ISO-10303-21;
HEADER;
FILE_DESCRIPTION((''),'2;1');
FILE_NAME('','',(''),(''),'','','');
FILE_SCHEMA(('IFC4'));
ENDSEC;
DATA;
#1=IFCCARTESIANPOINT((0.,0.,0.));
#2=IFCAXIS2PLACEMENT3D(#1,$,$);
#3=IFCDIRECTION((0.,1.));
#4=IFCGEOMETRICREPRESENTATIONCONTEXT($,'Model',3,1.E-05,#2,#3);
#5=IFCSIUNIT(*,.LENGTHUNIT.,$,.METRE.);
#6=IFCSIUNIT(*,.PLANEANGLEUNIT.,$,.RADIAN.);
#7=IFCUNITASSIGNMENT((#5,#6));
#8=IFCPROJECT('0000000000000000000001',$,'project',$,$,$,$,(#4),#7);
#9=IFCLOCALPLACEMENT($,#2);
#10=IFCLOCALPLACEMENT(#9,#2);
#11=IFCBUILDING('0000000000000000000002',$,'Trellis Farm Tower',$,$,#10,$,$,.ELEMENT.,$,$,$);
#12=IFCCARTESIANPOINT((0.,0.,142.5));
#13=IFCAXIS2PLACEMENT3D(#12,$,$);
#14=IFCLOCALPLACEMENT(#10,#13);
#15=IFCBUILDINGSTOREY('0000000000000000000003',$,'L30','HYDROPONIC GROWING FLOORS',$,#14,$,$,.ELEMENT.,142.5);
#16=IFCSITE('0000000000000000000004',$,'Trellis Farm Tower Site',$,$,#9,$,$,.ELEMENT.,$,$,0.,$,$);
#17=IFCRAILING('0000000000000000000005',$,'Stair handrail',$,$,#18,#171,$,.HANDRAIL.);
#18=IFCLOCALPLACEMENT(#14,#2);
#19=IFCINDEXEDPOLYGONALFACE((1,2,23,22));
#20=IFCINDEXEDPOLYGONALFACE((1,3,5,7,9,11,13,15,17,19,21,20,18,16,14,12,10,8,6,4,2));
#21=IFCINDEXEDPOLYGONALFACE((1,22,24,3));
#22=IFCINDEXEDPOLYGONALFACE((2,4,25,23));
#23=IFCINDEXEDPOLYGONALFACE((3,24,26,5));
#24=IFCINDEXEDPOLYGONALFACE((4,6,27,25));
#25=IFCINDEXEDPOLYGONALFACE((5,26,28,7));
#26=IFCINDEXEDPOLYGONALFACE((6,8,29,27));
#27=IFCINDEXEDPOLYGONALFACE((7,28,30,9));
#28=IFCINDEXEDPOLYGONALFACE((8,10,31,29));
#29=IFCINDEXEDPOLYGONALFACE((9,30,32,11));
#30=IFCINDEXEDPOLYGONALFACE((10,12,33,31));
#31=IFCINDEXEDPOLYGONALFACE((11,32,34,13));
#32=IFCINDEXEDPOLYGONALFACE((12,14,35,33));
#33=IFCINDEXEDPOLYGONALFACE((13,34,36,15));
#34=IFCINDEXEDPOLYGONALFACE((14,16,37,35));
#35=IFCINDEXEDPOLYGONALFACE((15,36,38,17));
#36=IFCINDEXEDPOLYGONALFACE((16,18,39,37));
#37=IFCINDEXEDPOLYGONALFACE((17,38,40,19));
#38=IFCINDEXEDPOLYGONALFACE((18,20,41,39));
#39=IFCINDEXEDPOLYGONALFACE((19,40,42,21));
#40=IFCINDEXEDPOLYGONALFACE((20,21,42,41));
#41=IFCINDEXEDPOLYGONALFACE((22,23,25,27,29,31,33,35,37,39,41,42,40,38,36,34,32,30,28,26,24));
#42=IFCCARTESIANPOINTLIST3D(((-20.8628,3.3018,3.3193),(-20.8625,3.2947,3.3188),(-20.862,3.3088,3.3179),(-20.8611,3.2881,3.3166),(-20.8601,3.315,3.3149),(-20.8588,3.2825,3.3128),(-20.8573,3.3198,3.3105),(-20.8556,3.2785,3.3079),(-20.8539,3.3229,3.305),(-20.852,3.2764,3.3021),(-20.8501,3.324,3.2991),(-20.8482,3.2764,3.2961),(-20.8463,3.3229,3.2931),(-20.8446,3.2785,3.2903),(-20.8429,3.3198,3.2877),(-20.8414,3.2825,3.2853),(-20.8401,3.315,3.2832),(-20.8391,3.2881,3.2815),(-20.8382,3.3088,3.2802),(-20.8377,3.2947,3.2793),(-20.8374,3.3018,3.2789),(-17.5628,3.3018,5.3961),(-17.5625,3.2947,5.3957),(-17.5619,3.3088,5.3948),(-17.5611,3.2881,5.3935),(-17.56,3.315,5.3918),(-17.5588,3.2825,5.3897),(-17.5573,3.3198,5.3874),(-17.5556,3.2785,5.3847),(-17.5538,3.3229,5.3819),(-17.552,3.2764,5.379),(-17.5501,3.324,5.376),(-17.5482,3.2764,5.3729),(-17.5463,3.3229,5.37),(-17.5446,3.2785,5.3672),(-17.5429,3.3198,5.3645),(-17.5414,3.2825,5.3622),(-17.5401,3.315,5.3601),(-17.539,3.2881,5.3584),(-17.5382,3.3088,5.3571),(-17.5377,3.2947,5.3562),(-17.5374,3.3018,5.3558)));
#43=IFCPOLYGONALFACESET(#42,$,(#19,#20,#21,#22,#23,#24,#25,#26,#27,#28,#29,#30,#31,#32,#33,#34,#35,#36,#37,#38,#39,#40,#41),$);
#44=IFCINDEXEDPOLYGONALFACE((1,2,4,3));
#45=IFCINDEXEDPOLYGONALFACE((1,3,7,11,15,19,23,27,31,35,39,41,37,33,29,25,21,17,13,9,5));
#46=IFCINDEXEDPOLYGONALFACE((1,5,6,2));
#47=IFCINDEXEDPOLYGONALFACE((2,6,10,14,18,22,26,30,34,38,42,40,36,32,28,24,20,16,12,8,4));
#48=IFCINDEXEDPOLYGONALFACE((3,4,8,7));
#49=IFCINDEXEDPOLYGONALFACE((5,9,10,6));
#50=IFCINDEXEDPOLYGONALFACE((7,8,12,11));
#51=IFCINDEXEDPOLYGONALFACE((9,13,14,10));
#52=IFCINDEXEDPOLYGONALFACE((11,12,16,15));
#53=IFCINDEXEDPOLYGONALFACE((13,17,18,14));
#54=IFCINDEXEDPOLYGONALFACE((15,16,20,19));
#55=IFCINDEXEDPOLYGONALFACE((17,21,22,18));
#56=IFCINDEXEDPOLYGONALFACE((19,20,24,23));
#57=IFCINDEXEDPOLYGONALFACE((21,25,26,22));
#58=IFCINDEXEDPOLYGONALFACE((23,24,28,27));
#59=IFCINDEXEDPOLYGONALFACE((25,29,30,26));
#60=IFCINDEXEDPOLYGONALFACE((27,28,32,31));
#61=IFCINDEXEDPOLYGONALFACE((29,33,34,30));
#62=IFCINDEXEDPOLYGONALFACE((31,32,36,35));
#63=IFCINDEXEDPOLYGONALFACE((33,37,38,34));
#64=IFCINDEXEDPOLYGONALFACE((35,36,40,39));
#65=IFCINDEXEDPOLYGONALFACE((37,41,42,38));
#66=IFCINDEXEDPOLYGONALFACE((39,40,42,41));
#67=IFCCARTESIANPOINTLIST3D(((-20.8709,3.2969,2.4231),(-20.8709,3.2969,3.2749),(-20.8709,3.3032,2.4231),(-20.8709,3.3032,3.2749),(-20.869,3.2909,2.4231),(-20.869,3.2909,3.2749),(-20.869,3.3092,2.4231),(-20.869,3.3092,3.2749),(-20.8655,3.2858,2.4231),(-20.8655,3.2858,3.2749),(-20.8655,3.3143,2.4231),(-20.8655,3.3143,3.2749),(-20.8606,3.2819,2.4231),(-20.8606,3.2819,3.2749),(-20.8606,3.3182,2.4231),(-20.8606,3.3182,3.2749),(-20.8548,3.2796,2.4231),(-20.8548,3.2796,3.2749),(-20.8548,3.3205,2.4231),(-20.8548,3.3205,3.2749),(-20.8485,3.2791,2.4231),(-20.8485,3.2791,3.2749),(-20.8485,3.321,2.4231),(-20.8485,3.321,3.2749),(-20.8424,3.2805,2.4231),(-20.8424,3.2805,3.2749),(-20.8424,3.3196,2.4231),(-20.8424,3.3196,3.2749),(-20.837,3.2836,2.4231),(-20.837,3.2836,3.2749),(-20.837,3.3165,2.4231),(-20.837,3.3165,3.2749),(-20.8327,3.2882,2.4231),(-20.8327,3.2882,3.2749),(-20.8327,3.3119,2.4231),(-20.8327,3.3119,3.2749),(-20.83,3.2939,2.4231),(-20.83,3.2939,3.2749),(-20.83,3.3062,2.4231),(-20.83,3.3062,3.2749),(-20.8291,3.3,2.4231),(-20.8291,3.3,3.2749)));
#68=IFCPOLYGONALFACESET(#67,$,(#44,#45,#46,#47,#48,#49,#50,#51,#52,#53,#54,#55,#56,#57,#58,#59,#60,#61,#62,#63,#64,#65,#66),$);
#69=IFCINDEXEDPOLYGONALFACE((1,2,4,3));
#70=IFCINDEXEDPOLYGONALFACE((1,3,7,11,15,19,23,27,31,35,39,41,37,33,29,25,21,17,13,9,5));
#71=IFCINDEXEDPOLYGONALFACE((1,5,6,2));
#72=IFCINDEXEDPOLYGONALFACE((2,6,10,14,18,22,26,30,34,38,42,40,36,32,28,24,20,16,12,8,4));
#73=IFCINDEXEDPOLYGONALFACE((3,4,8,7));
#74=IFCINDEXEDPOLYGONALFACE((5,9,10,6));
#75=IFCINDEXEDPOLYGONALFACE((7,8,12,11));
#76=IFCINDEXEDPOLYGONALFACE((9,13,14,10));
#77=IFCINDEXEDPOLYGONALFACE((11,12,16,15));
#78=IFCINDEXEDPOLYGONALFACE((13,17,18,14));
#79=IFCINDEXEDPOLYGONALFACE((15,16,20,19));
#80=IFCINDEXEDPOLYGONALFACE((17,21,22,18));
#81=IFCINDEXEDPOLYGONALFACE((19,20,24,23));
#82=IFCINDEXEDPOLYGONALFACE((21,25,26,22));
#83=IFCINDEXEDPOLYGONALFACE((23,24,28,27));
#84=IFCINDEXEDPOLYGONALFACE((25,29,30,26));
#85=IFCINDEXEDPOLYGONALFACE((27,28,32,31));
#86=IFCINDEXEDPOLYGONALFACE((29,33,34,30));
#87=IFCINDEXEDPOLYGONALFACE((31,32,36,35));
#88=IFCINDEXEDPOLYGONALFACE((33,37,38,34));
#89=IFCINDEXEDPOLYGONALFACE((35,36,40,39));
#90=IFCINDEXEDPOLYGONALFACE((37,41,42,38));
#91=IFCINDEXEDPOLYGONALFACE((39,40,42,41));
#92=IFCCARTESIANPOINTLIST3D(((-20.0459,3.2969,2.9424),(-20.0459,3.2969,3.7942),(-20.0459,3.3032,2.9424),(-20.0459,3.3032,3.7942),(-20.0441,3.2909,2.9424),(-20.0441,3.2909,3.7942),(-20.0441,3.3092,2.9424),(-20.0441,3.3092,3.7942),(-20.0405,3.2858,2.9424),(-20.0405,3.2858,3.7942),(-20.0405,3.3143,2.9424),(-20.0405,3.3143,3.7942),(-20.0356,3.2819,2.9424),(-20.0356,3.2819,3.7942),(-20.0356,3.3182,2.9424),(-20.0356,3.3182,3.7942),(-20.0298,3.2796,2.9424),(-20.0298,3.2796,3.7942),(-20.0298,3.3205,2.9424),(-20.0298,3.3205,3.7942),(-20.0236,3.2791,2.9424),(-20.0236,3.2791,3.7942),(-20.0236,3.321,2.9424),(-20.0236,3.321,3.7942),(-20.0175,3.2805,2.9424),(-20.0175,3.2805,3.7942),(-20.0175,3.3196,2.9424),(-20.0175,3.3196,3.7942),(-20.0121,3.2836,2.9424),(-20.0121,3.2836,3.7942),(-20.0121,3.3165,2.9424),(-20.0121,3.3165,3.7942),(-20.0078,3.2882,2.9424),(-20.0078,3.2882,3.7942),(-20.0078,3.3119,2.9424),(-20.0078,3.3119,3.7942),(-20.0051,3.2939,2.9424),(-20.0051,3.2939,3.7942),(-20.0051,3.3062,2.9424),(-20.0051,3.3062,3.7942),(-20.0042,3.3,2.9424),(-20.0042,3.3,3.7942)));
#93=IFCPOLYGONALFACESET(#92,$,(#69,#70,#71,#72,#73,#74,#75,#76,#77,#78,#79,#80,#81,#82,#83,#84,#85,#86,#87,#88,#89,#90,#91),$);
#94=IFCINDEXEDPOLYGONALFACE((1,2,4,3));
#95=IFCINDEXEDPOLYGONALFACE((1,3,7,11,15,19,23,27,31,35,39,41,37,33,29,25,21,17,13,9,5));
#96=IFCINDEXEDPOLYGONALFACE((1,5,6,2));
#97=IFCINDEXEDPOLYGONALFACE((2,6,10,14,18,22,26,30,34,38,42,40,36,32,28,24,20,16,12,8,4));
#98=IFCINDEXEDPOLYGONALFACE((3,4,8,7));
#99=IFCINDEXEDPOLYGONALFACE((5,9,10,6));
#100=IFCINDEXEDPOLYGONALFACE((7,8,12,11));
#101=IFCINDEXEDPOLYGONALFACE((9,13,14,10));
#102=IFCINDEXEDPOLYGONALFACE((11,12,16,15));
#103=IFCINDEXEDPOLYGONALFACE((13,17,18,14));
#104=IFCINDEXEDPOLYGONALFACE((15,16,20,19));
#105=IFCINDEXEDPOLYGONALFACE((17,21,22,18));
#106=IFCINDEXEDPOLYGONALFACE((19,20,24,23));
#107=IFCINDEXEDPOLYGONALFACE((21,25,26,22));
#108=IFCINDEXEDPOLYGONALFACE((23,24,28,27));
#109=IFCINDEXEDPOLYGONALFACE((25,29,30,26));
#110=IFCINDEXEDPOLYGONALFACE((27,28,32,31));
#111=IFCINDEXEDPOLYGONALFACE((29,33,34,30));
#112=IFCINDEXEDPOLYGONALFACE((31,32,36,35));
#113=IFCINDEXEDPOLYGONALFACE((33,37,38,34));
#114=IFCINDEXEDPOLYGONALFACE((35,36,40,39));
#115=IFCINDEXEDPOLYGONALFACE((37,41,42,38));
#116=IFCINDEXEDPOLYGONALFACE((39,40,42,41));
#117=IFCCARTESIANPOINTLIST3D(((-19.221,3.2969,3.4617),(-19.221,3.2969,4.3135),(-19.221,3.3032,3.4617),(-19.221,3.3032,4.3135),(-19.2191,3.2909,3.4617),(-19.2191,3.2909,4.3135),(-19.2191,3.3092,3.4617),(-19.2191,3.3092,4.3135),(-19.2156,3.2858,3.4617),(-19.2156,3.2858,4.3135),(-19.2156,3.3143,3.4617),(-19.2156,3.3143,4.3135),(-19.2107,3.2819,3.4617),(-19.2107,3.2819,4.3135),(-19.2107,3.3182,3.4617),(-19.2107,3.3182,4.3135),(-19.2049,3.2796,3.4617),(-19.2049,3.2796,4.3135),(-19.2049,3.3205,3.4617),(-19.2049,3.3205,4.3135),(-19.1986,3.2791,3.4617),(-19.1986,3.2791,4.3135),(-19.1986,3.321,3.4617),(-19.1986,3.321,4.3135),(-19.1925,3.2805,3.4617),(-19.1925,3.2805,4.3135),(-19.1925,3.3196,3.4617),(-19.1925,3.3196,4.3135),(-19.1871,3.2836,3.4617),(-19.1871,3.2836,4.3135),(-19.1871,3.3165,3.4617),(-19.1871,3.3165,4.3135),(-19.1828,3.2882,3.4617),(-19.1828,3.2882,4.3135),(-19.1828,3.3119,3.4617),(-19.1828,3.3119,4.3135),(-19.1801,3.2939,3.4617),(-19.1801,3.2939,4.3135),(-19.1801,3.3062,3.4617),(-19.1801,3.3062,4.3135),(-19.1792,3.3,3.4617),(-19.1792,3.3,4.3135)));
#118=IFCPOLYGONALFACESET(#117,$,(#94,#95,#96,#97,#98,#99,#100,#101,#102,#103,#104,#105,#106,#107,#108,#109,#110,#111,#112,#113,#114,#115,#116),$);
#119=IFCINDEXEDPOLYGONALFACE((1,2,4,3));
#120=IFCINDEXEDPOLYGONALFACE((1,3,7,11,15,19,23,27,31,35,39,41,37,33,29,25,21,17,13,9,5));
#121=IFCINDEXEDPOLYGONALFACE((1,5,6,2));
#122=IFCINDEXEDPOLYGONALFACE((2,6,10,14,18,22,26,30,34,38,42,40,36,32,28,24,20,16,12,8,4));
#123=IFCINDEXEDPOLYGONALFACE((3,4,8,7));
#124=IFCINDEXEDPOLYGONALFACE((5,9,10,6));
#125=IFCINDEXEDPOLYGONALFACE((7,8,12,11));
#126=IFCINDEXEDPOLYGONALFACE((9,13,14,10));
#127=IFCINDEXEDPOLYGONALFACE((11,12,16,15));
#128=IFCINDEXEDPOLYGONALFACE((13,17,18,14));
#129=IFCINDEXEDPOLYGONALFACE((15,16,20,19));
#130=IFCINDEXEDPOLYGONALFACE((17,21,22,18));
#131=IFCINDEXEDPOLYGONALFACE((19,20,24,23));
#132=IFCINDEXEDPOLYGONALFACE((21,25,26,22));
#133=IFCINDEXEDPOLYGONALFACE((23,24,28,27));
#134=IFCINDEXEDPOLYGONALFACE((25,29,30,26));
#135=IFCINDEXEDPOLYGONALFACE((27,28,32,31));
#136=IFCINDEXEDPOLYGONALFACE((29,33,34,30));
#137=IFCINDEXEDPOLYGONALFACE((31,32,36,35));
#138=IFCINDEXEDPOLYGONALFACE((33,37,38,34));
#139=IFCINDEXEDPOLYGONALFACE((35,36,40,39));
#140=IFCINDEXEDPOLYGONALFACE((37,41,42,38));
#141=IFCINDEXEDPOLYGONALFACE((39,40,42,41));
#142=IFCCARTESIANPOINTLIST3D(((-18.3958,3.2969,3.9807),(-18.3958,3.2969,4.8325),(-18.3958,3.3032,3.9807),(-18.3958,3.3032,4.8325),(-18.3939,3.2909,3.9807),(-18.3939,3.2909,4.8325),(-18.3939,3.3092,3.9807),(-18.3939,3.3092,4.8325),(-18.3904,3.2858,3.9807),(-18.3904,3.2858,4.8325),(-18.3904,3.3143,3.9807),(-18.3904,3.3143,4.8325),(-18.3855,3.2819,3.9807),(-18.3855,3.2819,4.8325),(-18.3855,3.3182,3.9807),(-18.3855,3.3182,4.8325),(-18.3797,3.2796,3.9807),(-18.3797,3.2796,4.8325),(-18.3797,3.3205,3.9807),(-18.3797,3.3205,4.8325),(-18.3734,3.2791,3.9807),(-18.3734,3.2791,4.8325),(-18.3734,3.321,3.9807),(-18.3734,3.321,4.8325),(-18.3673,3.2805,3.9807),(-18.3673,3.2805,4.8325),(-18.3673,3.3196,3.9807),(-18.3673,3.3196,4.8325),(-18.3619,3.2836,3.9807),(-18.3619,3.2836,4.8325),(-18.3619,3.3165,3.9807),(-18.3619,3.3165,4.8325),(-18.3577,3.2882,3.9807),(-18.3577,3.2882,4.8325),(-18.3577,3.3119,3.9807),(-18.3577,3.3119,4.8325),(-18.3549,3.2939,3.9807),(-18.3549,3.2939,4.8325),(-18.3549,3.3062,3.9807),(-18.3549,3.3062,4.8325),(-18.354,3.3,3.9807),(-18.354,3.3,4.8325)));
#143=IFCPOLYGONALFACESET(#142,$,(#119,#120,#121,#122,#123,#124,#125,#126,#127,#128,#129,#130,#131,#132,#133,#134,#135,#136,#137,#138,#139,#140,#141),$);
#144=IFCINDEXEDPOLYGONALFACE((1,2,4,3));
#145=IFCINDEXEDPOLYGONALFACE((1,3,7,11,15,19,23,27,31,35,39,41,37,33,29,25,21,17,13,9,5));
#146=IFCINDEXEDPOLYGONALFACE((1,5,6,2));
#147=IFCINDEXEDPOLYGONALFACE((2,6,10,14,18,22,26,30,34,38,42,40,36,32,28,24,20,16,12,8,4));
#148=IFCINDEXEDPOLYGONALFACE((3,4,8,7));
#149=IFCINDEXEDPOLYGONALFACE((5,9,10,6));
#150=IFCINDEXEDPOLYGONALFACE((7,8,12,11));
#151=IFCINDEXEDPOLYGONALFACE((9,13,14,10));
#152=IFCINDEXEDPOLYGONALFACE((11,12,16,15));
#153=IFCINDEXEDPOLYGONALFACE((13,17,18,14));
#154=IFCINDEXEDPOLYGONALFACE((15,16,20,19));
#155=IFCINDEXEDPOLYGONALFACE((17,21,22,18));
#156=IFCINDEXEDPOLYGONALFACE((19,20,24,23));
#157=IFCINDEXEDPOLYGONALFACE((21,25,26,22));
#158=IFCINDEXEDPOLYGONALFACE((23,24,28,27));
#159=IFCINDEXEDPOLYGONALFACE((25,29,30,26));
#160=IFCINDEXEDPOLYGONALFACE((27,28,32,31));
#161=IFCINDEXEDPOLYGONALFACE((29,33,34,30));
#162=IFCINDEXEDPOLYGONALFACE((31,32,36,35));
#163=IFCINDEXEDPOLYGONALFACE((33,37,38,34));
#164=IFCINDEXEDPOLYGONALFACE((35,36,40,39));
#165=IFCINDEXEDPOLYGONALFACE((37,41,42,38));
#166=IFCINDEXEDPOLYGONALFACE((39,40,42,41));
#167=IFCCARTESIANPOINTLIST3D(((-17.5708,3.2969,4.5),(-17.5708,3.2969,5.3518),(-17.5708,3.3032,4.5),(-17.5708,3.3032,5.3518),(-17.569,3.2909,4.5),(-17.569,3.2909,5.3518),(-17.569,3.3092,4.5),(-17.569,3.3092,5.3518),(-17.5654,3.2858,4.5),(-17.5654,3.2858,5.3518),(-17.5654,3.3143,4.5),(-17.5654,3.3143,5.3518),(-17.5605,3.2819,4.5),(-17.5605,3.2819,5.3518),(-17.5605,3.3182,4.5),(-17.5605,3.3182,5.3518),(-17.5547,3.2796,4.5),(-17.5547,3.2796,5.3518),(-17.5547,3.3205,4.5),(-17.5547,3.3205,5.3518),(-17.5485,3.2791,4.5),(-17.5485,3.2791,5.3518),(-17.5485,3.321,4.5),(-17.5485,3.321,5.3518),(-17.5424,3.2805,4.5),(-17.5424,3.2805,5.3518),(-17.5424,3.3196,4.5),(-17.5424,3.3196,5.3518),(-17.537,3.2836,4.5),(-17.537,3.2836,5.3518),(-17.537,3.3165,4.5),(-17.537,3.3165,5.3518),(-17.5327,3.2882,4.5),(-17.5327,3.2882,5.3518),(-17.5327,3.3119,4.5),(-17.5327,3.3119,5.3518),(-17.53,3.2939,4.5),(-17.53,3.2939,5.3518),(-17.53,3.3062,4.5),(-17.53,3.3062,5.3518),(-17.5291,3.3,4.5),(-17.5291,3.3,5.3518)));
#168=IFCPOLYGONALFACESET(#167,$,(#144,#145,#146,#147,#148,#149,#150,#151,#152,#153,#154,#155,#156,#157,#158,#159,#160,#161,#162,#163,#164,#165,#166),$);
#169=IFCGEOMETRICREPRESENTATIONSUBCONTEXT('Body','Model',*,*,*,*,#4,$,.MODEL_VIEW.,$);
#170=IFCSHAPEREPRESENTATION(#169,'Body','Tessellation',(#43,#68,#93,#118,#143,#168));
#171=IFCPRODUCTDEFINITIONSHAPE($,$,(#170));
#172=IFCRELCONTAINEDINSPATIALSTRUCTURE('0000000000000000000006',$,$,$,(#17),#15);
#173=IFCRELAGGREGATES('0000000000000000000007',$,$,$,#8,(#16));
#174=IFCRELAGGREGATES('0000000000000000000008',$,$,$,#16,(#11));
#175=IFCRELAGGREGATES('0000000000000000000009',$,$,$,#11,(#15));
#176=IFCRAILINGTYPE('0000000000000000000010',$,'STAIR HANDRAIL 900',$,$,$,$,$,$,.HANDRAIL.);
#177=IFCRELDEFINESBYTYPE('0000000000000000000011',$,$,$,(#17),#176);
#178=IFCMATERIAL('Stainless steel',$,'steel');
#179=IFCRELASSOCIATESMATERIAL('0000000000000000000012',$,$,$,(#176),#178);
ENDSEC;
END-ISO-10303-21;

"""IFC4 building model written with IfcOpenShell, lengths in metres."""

from ifc_helpers import new_model, si_unit, direction, frame, origin, origin_2d, place, context, subcontext, project, spatial, circle, extrude, source, transform, mapped, material, type_object, element, save


model = new_model("IFC4")

# Units and contexts
model_context = context("Model", 3, precision=1e-05, world=origin(), true_north=direction((0.0, 1.0)))
body_context = subcontext(model_context, "Body", "Model", "MODEL_VIEW")
ifc_project = project(units=[si_unit("LENGTHUNIT", "METRE"), si_unit("PLANEANGLEUNIT", "RADIAN")], contexts=[model_context])

# Site, building, storey
site_placement = place(None, origin())
site = spatial("IfcSite", under=ifc_project, at=site_placement, Name="Trellis Farm Tower Site", CompositionType="ELEMENT", RefElevation=0.0)
building_placement = place(site_placement, origin())
building = spatial("IfcBuilding", under=site, at=building_placement, Name="Trellis Farm Tower", CompositionType="ELEMENT")
storey_placement = place(building_placement, frame((0.0, 0.0, 142.5)))
storey = spatial("IfcBuildingStorey", under=building, at=storey_placement, Name="L30", Description="HYDROPONIC GROWING FLOORS", CompositionType="ELEMENT", Elevation=142.5)

# Railing
ifc_material_1 = material(Name="Stainless steel", Category="steel")
railing_type = type_object("IfcRailingType", Name="STAIR HANDRAIL 900", PredefinedType="HANDRAIL", material=ifc_material_1)
shared_shape_1 = source(origin(), body_context, "Body", "SweptSolid", [
    extrude(circle(Radius=0.0239, at=origin_2d()), frame((0.0, 0.0, 0.876), z_axis=(0.846337, 0.0, 0.532647), x_axis=(0.0, 1.0, 0.0)), (0.0, 0.0, 1.0), 3.8992),
    extrude(circle(Radius=0.021, at=origin_2d()), origin(), (0.0, 0.0, 1.0), 0.8518),
    extrude(circle(Radius=0.021, at=origin_2d()), frame((0.825, 0.0, 0.5193)), (0.0, 0.0, 1.0), 0.8518),
    extrude(circle(Radius=0.021, at=origin_2d()), frame((1.6499, 0.0, 1.0386)), (0.0, 0.0, 1.0), 0.8518),
    extrude(circle(Radius=0.021, at=origin_2d()), frame((2.4751, 0.0, 1.5576)), (0.0, 0.0, 1.0), 0.8518),
    extrude(circle(Radius=0.021, at=origin_2d()), frame((3.3, 0.0, 2.0769)), (0.0, 0.0, 1.0), 0.8518),
])
for number, where, name in (
    (1, (-20.8501, 3.3, 2.4231), "Stair handrail"),
):
    element("IfcRailing", number, at=place(storey_placement, frame(where)), inside=storey, type_object=railing_type, Name=name, PredefinedType="HANDRAIL", context=body_context, shape_type="MappedRepresentation", body=[
        mapped(shared_shape_1, transform((0.0, 0.0, 0.0))),
    ])

save(model, "model.ifc")
